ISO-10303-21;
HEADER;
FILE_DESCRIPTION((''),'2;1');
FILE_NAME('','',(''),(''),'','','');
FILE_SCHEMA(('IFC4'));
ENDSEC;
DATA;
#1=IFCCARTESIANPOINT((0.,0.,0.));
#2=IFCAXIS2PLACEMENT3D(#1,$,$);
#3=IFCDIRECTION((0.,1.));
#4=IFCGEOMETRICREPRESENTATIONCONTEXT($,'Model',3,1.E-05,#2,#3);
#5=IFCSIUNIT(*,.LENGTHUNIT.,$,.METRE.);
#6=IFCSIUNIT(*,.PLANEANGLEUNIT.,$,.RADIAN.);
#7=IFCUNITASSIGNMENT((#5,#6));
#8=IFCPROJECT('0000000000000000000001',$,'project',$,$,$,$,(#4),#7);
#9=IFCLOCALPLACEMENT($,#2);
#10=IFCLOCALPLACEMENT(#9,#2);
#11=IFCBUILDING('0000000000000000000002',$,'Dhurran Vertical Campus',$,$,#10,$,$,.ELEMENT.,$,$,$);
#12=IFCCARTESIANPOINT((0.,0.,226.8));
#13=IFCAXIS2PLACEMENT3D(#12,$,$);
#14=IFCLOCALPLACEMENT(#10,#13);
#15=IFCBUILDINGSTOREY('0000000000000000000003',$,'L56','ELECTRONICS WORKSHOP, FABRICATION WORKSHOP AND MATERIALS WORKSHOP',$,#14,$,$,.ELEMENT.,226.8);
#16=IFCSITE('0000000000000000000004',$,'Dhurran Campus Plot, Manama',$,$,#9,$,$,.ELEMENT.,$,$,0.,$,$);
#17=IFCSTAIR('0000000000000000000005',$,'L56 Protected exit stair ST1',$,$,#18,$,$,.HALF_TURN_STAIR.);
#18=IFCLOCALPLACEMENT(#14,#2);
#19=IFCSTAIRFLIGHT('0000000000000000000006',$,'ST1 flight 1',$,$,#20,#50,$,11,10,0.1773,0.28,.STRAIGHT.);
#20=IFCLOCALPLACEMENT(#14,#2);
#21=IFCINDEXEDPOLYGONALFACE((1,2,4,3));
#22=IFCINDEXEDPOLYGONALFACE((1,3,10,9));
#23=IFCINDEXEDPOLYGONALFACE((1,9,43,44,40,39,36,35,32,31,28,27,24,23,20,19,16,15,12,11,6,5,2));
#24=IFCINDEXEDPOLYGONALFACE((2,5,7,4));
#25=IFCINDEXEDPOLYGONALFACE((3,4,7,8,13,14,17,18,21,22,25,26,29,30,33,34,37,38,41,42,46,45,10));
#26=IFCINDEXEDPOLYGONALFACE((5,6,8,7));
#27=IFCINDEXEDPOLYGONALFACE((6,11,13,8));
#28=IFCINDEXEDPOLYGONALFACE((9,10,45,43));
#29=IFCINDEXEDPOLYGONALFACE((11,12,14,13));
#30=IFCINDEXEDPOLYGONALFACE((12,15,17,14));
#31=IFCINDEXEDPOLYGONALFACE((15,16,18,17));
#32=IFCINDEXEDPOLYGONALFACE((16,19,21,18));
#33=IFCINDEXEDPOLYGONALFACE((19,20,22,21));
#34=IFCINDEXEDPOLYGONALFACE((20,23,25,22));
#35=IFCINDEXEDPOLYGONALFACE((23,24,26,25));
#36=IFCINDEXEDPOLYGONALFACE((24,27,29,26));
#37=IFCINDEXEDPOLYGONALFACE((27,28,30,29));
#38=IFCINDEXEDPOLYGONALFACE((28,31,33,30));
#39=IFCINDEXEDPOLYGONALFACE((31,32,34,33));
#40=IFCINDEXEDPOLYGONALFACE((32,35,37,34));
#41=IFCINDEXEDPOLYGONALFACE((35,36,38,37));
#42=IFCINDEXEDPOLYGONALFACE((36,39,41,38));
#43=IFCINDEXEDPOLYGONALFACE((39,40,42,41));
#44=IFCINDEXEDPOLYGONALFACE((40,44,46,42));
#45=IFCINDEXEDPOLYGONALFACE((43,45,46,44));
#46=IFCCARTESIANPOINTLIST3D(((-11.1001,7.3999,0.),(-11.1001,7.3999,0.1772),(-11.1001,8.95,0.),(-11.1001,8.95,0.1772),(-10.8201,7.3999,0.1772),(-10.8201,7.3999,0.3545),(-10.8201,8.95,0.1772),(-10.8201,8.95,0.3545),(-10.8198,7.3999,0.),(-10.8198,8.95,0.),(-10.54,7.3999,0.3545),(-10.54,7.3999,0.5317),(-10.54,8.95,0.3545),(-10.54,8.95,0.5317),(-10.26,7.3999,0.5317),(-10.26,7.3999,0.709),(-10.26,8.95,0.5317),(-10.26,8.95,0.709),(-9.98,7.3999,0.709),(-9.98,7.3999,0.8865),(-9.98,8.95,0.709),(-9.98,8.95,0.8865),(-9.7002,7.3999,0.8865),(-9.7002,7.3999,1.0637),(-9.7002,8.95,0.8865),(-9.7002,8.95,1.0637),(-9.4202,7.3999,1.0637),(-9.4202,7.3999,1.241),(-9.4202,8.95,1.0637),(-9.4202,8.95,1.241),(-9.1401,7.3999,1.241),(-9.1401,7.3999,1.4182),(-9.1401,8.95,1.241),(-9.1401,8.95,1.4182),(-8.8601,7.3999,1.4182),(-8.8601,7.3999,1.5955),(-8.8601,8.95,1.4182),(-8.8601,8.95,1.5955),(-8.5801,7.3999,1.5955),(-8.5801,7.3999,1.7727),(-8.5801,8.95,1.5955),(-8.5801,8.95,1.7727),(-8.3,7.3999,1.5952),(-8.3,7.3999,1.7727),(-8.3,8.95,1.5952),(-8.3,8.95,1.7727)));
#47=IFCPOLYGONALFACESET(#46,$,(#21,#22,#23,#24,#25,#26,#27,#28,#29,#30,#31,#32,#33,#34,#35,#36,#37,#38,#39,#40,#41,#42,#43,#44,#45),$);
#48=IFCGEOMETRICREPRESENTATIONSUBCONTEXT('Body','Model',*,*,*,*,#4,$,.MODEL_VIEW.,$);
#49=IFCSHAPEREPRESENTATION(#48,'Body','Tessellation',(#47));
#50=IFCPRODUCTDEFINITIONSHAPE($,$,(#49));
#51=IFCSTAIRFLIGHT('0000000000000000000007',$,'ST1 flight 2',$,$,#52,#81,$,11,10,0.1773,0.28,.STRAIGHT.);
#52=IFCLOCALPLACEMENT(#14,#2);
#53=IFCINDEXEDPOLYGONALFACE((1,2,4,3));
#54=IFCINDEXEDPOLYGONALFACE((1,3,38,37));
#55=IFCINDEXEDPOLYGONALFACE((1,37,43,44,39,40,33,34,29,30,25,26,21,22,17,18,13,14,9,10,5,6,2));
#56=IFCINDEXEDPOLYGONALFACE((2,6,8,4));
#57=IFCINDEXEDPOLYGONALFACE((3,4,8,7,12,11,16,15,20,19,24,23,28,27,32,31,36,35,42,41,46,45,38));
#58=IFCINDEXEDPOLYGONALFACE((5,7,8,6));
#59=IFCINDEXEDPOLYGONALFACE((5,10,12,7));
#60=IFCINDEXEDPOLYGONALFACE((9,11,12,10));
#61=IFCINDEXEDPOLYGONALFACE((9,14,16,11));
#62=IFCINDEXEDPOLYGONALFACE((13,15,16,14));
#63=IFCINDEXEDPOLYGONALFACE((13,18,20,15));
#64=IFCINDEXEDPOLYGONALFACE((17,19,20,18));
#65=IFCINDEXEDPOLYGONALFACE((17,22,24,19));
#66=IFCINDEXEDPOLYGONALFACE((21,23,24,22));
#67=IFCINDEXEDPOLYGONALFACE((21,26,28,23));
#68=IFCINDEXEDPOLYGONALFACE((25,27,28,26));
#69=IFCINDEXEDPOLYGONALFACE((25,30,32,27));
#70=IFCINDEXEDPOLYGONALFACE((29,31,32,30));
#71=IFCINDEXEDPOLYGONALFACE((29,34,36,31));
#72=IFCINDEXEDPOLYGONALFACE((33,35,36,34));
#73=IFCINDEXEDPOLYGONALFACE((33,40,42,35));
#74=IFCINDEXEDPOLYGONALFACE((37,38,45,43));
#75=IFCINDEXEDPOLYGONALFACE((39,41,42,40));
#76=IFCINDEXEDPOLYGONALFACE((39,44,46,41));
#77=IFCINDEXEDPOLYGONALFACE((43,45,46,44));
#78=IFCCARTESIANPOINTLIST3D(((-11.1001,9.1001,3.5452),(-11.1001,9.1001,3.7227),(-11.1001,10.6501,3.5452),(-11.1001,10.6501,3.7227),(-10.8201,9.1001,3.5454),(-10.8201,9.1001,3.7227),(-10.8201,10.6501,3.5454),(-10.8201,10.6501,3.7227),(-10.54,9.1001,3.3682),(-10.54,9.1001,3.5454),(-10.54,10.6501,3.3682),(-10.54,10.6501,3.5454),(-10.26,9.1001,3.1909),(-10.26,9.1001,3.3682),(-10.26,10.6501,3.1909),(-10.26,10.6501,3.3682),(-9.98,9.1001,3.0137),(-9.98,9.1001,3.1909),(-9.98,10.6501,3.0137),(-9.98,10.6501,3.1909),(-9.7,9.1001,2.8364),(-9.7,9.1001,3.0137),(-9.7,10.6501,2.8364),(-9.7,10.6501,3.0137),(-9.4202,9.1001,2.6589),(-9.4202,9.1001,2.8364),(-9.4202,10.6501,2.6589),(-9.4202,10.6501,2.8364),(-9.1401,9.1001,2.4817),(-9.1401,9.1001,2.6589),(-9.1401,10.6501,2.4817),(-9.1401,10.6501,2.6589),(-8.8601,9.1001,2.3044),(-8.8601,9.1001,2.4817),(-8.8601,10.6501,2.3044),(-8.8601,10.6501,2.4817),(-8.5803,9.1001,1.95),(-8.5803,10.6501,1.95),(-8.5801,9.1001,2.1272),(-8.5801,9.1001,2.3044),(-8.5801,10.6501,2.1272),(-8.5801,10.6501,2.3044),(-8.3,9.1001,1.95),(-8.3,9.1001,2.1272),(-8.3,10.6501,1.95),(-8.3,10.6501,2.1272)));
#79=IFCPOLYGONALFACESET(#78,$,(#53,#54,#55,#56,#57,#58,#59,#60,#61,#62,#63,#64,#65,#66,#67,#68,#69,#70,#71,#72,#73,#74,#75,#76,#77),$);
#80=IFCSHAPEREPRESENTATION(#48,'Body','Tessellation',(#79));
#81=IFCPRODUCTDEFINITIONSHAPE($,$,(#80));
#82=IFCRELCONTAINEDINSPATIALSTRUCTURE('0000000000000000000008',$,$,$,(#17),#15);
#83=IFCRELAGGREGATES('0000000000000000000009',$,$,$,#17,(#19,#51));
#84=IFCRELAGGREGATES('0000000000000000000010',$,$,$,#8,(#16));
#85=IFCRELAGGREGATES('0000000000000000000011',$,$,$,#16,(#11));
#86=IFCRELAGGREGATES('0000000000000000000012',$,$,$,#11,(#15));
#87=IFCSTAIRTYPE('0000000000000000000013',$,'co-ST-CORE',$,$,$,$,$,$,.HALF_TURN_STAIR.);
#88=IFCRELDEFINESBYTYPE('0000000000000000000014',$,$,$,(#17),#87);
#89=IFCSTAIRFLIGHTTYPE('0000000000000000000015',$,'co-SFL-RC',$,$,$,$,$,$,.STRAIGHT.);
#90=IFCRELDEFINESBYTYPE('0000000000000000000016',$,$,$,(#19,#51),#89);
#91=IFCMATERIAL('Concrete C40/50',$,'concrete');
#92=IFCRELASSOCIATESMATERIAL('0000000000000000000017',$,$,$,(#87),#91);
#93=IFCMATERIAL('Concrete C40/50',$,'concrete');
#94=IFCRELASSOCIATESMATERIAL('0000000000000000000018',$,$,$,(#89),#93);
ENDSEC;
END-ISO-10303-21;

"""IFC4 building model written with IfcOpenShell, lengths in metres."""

from ifc_helpers import new_model, si_unit, direction, frame, origin, place, context, subcontext, project, spatial, polyline, outline, extrude, material, type_object, element, aggregate, save


model = new_model("IFC4")

# Units and contexts
model_context = context("Model", 3, precision=1e-05, world=origin(), true_north=direction((0.0, 1.0)))
body_context = subcontext(model_context, "Body", "Model", "MODEL_VIEW")
ifc_project = project(units=[si_unit("LENGTHUNIT", "METRE"), si_unit("PLANEANGLEUNIT", "RADIAN")], contexts=[model_context])

# Site, building, storey
site_placement = place(None, origin())
site = spatial("IfcSite", under=ifc_project, at=site_placement, Name="Dhurran Campus Plot, Manama", CompositionType="ELEMENT", RefElevation=0.0)
building_placement = place(site_placement, origin())
building = spatial("IfcBuilding", under=site, at=building_placement, Name="Dhurran Vertical Campus", CompositionType="ELEMENT")
storey_placement = place(building_placement, frame((0.0, 0.0, 226.8)))
storey = spatial("IfcBuildingStorey", under=building, at=storey_placement, Name="L56", Description="ELECTRONICS WORKSHOP, FABRICATION WORKSHOP AND MATERIALS WORKSHOP", CompositionType="ELEMENT", Elevation=226.8)

# Stair, stair flights
ifc_material_1 = material(Name="Concrete C40/50", Category="concrete")
stair_type = type_object("IfcStairType", Name="co-ST-CORE", PredefinedType="HALF_TURN_STAIR", material=ifc_material_1)
stair_placement = place(storey_placement, origin())
stair = element("IfcStair", 1, at=stair_placement, inside=storey, type_object=stair_type, Name="L56 Protected exit stair ST1", PredefinedType="HALF_TURN_STAIR")
ifc_material_2 = material(Name="Concrete C40/50", Category="concrete")
stair_flight_type = type_object("IfcStairFlightType", Name="co-SFL-RC", PredefinedType="STRAIGHT", material=ifc_material_2)
stair_flight_1_placement = place(storey_placement, frame((-11.1001, 8.175, 0.0), z_axis=(0.0, 0.0, 1.0), x_axis=(1.0, 0.0, 0.0)))
stair_flight_1 = element("IfcStairFlight", 2, at=stair_flight_1_placement, type_object=stair_flight_type, Name="ST1 flight 1", NumberOfRisers=11, NumberOfTreads=10, PredefinedType="STRAIGHT", RiserHeight=0.1773, TreadLength=0.28, context=body_context, shape_type="SweptSolid", body=[
    extrude(outline(polyline([(0.0, 0.0), (0.0, 0.1772), (0.28, 0.1772), (0.28, 0.3545), (0.5601, 0.3545), (0.5601, 0.5317), (0.8401, 0.5317), (0.8401, 0.709), (1.1201, 0.709), (1.1201, 0.8865), (1.3999, 0.8865), (1.3999, 1.0637), (1.6799, 1.0637), (1.6799, 1.241), (1.96, 1.241), (1.96, 1.4182), (2.24, 1.4182), (2.24, 1.5955), (2.52, 1.5955), (2.52, 1.7727), (2.8, 1.7727), (2.8, 1.95), (2.8, 1.5952), (0.2803, 0.0), (0.0, 0.0)])), frame((0.0, 0.7749, 0.0), z_axis=(0.0, -1.0, 0.0), x_axis=(1.0, 0.0, 0.0)), (0.0, 0.0, 1.0), 1.55),
])
stair_flight_2_placement = place(storey_placement, frame((-8.3, 9.875, 1.95), z_axis=(0.0, 0.0, 1.0), x_axis=(-1.0, 0.0, 0.0)))
stair_flight_2 = element("IfcStairFlight", 3, at=stair_flight_2_placement, type_object=stair_flight_type, Name="ST1 flight 2", NumberOfRisers=11, NumberOfTreads=10, PredefinedType="STRAIGHT", RiserHeight=0.1773, TreadLength=0.28, context=body_context, shape_type="SweptSolid", body=[
    extrude(outline(polyline([(0.0, 0.0), (0.0, 0.1772), (0.28, 0.1772), (0.28, 0.3545), (0.5601, 0.3545), (0.5601, 0.5317), (0.8401, 0.5317), (0.8401, 0.709), (1.1201, 0.709), (1.1201, 0.8865), (1.3999, 0.8865), (1.3999, 1.0637), (1.6799, 1.0637), (1.6799, 1.241), (1.96, 1.241), (1.96, 1.4182), (2.24, 1.4182), (2.24, 1.5955), (2.52, 1.5955), (2.52, 1.7727), (2.8, 1.7727), (2.8, 1.95), (2.8, 1.5952), (0.2803, 0.0), (0.0, 0.0)])), frame((0.0, 0.7749, 0.0), z_axis=(0.0, -1.0, 0.0), x_axis=(1.0, 0.0, 0.0)), (0.0, 0.0, 1.0), 1.55),
])
aggregate(stair, [stair_flight_1, stair_flight_2])

save(model, "model.ifc")
